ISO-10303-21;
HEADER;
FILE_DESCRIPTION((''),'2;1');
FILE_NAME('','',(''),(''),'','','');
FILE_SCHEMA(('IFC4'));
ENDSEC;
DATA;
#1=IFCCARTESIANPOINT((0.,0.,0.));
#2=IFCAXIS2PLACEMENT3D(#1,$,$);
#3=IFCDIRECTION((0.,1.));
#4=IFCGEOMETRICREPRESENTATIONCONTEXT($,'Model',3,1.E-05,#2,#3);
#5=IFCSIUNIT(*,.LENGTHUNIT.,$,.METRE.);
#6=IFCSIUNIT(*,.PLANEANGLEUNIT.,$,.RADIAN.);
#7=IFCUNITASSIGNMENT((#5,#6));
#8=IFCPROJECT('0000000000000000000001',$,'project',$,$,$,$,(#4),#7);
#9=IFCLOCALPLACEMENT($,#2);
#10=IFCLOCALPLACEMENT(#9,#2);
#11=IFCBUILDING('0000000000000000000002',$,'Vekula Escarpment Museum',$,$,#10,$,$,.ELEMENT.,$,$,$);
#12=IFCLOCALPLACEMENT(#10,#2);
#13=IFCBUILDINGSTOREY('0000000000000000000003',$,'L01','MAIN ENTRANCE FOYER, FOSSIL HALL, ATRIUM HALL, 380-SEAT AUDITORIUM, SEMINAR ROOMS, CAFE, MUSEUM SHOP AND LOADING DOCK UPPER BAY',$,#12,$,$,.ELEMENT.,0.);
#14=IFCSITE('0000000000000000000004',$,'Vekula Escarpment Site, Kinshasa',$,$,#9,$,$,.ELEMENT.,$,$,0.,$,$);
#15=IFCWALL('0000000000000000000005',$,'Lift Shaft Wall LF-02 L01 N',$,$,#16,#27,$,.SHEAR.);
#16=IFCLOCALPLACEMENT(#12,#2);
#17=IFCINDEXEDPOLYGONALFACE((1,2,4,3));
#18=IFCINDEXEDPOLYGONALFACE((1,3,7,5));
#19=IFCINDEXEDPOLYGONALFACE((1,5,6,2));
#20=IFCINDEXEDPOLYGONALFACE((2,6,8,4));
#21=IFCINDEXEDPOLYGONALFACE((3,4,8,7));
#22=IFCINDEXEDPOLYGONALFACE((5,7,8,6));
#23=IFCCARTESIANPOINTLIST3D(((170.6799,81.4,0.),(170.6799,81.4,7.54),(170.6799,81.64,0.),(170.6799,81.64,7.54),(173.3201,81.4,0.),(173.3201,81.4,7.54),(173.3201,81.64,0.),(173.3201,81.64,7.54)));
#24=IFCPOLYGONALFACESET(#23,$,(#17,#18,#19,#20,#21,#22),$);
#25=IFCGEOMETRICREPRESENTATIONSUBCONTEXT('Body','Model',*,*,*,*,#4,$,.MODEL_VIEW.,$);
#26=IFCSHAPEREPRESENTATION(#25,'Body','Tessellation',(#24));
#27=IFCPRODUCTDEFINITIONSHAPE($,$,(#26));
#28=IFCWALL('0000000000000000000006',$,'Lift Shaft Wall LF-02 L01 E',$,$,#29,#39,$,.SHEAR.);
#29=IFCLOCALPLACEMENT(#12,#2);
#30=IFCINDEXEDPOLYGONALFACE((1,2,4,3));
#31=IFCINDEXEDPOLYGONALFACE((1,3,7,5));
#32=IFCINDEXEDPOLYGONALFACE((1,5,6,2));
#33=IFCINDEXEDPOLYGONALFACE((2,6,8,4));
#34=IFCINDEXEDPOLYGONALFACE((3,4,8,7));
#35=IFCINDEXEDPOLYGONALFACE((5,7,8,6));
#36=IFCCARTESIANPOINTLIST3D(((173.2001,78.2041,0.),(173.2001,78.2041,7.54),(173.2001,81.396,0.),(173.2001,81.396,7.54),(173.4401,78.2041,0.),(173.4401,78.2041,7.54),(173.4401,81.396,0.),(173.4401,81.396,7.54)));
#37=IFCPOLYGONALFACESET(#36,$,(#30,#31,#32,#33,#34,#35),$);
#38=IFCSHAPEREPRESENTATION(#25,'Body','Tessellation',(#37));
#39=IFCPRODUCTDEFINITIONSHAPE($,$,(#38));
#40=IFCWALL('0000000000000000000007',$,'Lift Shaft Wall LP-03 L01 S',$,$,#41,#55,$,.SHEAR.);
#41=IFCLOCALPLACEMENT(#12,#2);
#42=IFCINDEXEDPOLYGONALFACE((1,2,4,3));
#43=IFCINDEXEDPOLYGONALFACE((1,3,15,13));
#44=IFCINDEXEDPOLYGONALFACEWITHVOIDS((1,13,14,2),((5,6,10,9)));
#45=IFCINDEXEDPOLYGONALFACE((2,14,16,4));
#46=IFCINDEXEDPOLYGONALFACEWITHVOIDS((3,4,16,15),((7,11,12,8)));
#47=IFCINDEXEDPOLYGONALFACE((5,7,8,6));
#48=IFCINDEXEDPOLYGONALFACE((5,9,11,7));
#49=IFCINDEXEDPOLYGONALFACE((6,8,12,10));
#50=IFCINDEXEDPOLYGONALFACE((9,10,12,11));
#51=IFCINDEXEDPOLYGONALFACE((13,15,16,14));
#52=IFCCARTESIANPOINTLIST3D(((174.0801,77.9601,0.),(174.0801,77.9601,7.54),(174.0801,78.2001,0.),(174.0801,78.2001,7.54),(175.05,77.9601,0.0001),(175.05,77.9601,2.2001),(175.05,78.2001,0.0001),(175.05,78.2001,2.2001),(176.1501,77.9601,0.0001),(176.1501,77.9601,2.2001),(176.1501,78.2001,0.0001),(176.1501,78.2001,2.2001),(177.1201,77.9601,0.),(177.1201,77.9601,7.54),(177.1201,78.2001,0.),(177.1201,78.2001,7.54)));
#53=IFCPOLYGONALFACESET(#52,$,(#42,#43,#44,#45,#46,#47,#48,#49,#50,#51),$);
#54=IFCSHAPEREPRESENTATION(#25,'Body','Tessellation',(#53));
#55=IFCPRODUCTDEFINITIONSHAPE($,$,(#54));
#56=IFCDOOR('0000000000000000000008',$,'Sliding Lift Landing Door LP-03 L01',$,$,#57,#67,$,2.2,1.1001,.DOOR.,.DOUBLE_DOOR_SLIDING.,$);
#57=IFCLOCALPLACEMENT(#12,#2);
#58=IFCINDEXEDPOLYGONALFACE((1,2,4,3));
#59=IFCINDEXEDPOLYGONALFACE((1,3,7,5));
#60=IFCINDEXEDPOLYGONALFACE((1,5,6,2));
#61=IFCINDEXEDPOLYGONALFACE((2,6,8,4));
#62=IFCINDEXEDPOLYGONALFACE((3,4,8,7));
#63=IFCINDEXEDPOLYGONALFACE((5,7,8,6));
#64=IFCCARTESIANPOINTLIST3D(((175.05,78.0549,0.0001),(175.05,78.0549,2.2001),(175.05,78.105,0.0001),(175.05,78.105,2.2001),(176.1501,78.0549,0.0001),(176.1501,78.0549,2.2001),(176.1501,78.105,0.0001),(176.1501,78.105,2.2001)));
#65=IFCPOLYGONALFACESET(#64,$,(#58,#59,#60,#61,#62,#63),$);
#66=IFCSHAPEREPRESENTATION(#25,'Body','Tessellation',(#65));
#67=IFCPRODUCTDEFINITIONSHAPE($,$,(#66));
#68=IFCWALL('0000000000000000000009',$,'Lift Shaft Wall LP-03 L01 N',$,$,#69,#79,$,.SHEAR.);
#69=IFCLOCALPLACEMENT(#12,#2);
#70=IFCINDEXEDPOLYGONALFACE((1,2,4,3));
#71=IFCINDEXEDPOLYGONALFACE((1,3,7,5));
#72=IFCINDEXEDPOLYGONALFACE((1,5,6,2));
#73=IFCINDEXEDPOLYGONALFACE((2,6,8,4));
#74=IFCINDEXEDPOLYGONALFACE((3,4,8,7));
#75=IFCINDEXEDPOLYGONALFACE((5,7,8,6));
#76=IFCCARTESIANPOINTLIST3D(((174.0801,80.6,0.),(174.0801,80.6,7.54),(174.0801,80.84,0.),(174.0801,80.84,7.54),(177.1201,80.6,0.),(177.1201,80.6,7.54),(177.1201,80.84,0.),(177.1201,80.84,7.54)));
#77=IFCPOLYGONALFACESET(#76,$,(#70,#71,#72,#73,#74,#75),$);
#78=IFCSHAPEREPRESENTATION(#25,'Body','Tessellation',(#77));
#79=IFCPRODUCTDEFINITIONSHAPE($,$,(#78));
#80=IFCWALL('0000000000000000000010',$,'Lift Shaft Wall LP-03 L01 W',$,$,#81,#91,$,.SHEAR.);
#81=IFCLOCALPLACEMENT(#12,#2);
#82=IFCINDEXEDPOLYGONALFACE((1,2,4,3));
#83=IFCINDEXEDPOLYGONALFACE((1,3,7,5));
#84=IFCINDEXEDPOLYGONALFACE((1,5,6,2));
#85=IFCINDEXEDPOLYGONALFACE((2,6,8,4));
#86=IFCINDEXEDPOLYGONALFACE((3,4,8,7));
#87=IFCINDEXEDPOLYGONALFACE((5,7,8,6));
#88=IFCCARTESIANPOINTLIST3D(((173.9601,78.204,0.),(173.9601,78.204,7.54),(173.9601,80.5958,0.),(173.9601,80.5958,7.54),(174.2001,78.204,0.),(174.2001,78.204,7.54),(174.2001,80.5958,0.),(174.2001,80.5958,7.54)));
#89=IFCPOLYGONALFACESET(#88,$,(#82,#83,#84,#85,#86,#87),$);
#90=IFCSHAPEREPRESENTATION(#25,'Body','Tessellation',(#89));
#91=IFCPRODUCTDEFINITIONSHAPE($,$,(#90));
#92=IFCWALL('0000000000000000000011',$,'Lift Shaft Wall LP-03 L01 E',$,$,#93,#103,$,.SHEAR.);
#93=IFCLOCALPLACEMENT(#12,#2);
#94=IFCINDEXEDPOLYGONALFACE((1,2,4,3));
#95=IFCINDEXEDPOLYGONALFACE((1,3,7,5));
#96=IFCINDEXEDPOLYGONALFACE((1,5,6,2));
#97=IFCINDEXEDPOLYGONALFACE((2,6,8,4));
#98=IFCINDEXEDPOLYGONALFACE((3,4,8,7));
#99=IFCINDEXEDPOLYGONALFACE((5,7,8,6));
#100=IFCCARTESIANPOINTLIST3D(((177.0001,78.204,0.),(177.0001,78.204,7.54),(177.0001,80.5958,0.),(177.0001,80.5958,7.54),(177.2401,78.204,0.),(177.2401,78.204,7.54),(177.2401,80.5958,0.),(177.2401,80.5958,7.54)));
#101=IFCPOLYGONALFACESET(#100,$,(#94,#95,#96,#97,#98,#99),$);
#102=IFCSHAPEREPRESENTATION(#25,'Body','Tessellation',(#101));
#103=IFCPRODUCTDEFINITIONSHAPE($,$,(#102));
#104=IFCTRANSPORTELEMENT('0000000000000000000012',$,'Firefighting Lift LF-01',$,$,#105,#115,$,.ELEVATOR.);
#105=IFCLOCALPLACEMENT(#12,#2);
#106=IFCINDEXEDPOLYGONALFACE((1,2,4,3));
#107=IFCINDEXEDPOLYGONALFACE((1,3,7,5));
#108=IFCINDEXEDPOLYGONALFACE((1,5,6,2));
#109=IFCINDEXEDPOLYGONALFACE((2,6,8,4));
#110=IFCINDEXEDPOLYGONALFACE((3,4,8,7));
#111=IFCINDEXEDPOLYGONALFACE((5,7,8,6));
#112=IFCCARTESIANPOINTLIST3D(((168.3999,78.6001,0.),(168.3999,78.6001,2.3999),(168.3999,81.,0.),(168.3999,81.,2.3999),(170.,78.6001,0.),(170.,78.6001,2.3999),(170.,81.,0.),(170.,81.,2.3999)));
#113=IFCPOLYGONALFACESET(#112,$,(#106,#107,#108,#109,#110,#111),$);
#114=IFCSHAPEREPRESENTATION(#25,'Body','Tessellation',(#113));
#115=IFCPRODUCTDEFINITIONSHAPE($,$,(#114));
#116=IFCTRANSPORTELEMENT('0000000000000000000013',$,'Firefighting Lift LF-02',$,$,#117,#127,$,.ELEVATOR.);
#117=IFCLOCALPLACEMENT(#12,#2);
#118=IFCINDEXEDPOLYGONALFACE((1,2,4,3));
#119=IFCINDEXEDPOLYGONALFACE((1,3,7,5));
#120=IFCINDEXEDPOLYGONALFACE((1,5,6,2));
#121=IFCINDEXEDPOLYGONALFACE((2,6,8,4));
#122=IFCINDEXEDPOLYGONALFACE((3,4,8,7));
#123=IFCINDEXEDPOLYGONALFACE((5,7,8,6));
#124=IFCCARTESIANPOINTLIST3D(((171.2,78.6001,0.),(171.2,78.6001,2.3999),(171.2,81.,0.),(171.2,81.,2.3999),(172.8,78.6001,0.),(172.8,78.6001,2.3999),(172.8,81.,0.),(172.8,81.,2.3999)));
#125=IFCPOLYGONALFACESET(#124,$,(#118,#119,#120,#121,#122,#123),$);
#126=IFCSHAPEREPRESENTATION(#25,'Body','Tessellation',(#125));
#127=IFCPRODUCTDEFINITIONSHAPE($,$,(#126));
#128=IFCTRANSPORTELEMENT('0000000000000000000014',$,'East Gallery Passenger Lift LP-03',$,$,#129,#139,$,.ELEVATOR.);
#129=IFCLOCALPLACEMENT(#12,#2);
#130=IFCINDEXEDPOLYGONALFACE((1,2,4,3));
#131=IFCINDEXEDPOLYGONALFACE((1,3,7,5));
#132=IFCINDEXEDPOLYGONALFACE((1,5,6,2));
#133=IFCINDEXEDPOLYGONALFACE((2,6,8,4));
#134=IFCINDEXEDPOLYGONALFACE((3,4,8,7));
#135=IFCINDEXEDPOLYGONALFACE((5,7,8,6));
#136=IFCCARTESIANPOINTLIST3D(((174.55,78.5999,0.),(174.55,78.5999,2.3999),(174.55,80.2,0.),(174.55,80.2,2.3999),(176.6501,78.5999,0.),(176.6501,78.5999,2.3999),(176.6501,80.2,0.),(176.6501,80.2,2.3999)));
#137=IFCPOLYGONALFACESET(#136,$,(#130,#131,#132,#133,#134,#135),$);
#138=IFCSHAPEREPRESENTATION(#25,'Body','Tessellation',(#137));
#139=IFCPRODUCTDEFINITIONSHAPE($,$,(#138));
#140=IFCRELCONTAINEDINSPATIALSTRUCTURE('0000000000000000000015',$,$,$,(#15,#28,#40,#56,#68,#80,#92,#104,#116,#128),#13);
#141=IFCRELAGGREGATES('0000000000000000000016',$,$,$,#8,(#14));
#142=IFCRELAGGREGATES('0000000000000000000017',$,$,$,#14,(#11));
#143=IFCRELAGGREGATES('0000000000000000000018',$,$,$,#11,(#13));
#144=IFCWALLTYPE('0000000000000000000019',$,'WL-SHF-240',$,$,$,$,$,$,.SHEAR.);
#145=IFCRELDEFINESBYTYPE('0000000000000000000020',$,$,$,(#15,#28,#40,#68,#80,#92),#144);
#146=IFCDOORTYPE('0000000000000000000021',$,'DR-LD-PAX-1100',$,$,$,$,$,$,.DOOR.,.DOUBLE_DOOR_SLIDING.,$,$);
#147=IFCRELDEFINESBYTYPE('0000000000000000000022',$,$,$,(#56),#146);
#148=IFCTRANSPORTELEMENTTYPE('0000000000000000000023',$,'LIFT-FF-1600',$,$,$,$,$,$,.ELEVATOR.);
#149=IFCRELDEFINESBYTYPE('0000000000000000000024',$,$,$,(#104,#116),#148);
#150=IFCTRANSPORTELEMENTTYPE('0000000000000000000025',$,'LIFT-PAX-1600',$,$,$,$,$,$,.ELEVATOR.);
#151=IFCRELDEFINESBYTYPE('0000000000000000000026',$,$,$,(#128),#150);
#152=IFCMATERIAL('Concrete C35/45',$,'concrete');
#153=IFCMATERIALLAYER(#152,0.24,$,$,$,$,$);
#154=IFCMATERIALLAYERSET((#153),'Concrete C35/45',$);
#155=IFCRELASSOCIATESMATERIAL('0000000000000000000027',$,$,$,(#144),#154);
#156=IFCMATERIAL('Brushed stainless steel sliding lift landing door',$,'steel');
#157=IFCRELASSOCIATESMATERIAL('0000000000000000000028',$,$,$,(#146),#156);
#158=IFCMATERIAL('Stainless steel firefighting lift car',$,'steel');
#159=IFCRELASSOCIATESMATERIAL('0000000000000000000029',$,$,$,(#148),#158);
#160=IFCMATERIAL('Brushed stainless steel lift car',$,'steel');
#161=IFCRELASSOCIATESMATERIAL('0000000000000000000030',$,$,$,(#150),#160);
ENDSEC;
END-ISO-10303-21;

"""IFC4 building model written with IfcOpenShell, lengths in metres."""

from ifc_helpers import new_model, si_unit, direction, frame, frame_2d, origin, origin_2d, place, context, subcontext, project, spatial, rectangle, extrude, material, layer, layer_set, type_object, element, fill, save


model = new_model("IFC4")

# Units and contexts
model_context = context("Model", 3, precision=1e-05, world=origin(), true_north=direction((0.0, 1.0)))
body_context = subcontext(model_context, "Body", "Model", "MODEL_VIEW")
ifc_project = project(units=[si_unit("LENGTHUNIT", "METRE"), si_unit("PLANEANGLEUNIT", "RADIAN")], contexts=[model_context])

# Site, building, storey
site_placement = place(None, origin())
site = spatial("IfcSite", under=ifc_project, at=site_placement, Name="Vekula Escarpment Site, Kinshasa", CompositionType="ELEMENT", RefElevation=0.0)
building_placement = place(site_placement, origin())
building = spatial("IfcBuilding", under=site, at=building_placement, Name="Vekula Escarpment Museum", CompositionType="ELEMENT")
storey_placement = place(building_placement, origin())
storey = spatial("IfcBuildingStorey", under=building, at=storey_placement, Name="L01", Description="MAIN ENTRANCE FOYER, FOSSIL HALL, ATRIUM HALL, 380-SEAT AUDITORIUM, SEMINAR ROOMS, CAFE, MUSEUM SHOP AND LOADING DOCK UPPER BAY", CompositionType="ELEMENT", Elevation=0.0)

# Shared definitions
ifc_material_1 = material(Name="Concrete C35/45", Category="concrete")
ifc_layer_1 = layer(ifc_material_1, 0.24)
ifc_layer_set_1 = layer_set([ifc_layer_1], Name="Concrete C35/45")
wall_type_1 = type_object("IfcWallType", Name="WL-SHF-240", PredefinedType="SHEAR", material=ifc_layer_set_1)

# Walls
wall_1_placement = place(storey_placement, frame((170.6799, 81.52, 0.0), z_axis=(0.0, 0.0, 1.0), x_axis=(1.0, 0.0, 0.0)))
element("IfcWall", 1, at=wall_1_placement, inside=storey, type_object=wall_type_1, Name="Lift Shaft Wall LF-02 L01 N", PredefinedType="SHEAR", context=body_context, shape_type="SweptSolid", body=[
    extrude(rectangle(XDim=2.6401, YDim=0.24, at=frame_2d((1.3201, 0.0))), origin(), (0.0, 0.0, 1.0), 7.54),
])
wall_2_placement = place(storey_placement, frame((173.3201, 78.2041, 0.0), z_axis=(0.0, 0.0, 1.0), x_axis=(0.0, 1.0, 0.0)))
element("IfcWall", 2, at=wall_2_placement, inside=storey, type_object=wall_type_1, Name="Lift Shaft Wall LF-02 L01 E", PredefinedType="SHEAR", context=body_context, shape_type="SweptSolid", body=[
    extrude(rectangle(XDim=3.1919, YDim=0.24, at=frame_2d((1.5959, 0.0))), origin(), (0.0, 0.0, 1.0), 7.54),
])

# Wall, opening, door
wall_3_placement = place(storey_placement, frame((174.0801, 78.0801, 0.0), z_axis=(0.0, 0.0, 1.0), x_axis=(1.0, 0.0, 0.0)))
wall_3 = element("IfcWall", 3, at=wall_3_placement, inside=storey, type_object=wall_type_1, Name="Lift Shaft Wall LP-03 L01 S", PredefinedType="SHEAR", context=body_context, shape_type="SweptSolid", body=[
    extrude(rectangle(XDim=3.04, YDim=0.24, at=frame_2d((1.52, 0.0))), origin(), (0.0, 0.0, 1.0), 7.54),
])
opening_1_placement = place(wall_3_placement, frame((0.97, 0.0, 0.0)))
opening_1 = element("IfcOpeningElement", 4, at=opening_1_placement, cuts=wall_3, PredefinedType="OPENING", context=body_context, shape_type="SweptSolid", body=[
    extrude(rectangle(XDim=1.1001, YDim=2.2, at=frame_2d((0.55, 1.1001))), frame((0.0, 0.1299, 0.0), z_axis=(0.0, -1.0, 0.0), x_axis=(1.0, 0.0, 0.0)), (0.0, 0.0, 1.0), 0.26),
])
ifc_material_2 = material(Name="Brushed stainless steel sliding lift landing door", Category="steel")
door_type_1 = type_object("IfcDoorType", Name="DR-LD-PAX-1100", OperationType="DOUBLE_DOOR_SLIDING", PredefinedType="DOOR", material=ifc_material_2)
door_1_placement = place(opening_1_placement, origin())
door_1 = element("IfcDoor", 5, at=door_1_placement, inside=storey, type_object=door_type_1, Name="Sliding Lift Landing Door LP-03 L01", OperationType="DOUBLE_DOOR_SLIDING", OverallHeight=2.2, OverallWidth=1.1001, PredefinedType="DOOR", context=body_context, shape_type="SweptSolid", body=[
    extrude(rectangle(XDim=1.1001, YDim=2.2, at=frame_2d((0.55, 1.1001))), frame((0.0, 0.0249, 0.0), z_axis=(0.0, -1.0, 0.0), x_axis=(1.0, 0.0, 0.0)), (0.0, 0.0, 1.0), 0.05),
])
fill(opening_1, door_1)

# Walls
wall_4_placement = place(storey_placement, frame((174.0801, 80.72, 0.0), z_axis=(0.0, 0.0, 1.0), x_axis=(1.0, 0.0, 0.0)))
element("IfcWall", 6, at=wall_4_placement, inside=storey, type_object=wall_type_1, Name="Lift Shaft Wall LP-03 L01 N", PredefinedType="SHEAR", context=body_context, shape_type="SweptSolid", body=[
    extrude(rectangle(XDim=3.04, YDim=0.24, at=frame_2d((1.52, 0.0))), origin(), (0.0, 0.0, 1.0), 7.54),
])
for number, where, z_axis, x_axis, name in (
    (7, (174.0801, 78.2041, 0.0), (0.0, 0.0, 1.0), (0.0, 1.0, 0.0), "Lift Shaft Wall LP-03 L01 W"),
    (8, (177.1201, 78.2041, 0.0), (0.0, 0.0, 1.0), (0.0, 1.0, 0.0), "Lift Shaft Wall LP-03 L01 E"),
):
    element("IfcWall", number, at=place(storey_placement, frame(where, z_axis=z_axis, x_axis=x_axis)), inside=storey, type_object=wall_type_1, Name=name, PredefinedType="SHEAR", context=body_context, shape_type="SweptSolid", body=[
        extrude(rectangle(XDim=2.3918, YDim=0.24, at=frame_2d((1.1958, 0.0))), origin(), (0.0, 0.0, 1.0), 7.54),
    ])

# Transport elements
ifc_material_3 = material(Name="Stainless steel firefighting lift car", Category="steel")
transport_element_type_1 = type_object("IfcTransportElementType", Name="LIFT-FF-1600", PredefinedType="ELEVATOR", material=ifc_material_3)
for number, where, z_axis, x_axis, name in (
    (9, (169.2, 79.8, 0.0), (0.0, 0.0, 1.0), (1.0, 0.0, 0.0), "Firefighting Lift LF-01"),
    (10, (172.0, 79.8, 0.0), (0.0, 0.0, 1.0), (1.0, 0.0, 0.0), "Firefighting Lift LF-02"),
):
    element("IfcTransportElement", number, at=place(storey_placement, frame(where, z_axis=z_axis, x_axis=x_axis)), inside=storey, type_object=transport_element_type_1, Name=name, PredefinedType="ELEVATOR", context=body_context, shape_type="SweptSolid", body=[
        extrude(rectangle(XDim=1.6001, YDim=2.3999, at=origin_2d()), origin(), (0.0, 0.0, 1.0), 2.3999),
    ])
ifc_material_4 = material(Name="Brushed stainless steel lift car", Category="steel")
transport_element_type_2 = type_object("IfcTransportElementType", Name="LIFT-PAX-1600", PredefinedType="ELEVATOR", material=ifc_material_4)
transport_element_placement = place(storey_placement, frame((175.6001, 79.3999, 0.0), z_axis=(0.0, 0.0, 1.0), x_axis=(1.0, 0.0, 0.0)))
element("IfcTransportElement", 11, at=transport_element_placement, inside=storey, type_object=transport_element_type_2, Name="East Gallery Passenger Lift LP-03", PredefinedType="ELEVATOR", context=body_context, shape_type="SweptSolid", body=[
    extrude(rectangle(XDim=2.1001, YDim=1.6001, at=origin_2d()), origin(), (0.0, 0.0, 1.0), 2.3999),
])

save(model, "model.ifc")
